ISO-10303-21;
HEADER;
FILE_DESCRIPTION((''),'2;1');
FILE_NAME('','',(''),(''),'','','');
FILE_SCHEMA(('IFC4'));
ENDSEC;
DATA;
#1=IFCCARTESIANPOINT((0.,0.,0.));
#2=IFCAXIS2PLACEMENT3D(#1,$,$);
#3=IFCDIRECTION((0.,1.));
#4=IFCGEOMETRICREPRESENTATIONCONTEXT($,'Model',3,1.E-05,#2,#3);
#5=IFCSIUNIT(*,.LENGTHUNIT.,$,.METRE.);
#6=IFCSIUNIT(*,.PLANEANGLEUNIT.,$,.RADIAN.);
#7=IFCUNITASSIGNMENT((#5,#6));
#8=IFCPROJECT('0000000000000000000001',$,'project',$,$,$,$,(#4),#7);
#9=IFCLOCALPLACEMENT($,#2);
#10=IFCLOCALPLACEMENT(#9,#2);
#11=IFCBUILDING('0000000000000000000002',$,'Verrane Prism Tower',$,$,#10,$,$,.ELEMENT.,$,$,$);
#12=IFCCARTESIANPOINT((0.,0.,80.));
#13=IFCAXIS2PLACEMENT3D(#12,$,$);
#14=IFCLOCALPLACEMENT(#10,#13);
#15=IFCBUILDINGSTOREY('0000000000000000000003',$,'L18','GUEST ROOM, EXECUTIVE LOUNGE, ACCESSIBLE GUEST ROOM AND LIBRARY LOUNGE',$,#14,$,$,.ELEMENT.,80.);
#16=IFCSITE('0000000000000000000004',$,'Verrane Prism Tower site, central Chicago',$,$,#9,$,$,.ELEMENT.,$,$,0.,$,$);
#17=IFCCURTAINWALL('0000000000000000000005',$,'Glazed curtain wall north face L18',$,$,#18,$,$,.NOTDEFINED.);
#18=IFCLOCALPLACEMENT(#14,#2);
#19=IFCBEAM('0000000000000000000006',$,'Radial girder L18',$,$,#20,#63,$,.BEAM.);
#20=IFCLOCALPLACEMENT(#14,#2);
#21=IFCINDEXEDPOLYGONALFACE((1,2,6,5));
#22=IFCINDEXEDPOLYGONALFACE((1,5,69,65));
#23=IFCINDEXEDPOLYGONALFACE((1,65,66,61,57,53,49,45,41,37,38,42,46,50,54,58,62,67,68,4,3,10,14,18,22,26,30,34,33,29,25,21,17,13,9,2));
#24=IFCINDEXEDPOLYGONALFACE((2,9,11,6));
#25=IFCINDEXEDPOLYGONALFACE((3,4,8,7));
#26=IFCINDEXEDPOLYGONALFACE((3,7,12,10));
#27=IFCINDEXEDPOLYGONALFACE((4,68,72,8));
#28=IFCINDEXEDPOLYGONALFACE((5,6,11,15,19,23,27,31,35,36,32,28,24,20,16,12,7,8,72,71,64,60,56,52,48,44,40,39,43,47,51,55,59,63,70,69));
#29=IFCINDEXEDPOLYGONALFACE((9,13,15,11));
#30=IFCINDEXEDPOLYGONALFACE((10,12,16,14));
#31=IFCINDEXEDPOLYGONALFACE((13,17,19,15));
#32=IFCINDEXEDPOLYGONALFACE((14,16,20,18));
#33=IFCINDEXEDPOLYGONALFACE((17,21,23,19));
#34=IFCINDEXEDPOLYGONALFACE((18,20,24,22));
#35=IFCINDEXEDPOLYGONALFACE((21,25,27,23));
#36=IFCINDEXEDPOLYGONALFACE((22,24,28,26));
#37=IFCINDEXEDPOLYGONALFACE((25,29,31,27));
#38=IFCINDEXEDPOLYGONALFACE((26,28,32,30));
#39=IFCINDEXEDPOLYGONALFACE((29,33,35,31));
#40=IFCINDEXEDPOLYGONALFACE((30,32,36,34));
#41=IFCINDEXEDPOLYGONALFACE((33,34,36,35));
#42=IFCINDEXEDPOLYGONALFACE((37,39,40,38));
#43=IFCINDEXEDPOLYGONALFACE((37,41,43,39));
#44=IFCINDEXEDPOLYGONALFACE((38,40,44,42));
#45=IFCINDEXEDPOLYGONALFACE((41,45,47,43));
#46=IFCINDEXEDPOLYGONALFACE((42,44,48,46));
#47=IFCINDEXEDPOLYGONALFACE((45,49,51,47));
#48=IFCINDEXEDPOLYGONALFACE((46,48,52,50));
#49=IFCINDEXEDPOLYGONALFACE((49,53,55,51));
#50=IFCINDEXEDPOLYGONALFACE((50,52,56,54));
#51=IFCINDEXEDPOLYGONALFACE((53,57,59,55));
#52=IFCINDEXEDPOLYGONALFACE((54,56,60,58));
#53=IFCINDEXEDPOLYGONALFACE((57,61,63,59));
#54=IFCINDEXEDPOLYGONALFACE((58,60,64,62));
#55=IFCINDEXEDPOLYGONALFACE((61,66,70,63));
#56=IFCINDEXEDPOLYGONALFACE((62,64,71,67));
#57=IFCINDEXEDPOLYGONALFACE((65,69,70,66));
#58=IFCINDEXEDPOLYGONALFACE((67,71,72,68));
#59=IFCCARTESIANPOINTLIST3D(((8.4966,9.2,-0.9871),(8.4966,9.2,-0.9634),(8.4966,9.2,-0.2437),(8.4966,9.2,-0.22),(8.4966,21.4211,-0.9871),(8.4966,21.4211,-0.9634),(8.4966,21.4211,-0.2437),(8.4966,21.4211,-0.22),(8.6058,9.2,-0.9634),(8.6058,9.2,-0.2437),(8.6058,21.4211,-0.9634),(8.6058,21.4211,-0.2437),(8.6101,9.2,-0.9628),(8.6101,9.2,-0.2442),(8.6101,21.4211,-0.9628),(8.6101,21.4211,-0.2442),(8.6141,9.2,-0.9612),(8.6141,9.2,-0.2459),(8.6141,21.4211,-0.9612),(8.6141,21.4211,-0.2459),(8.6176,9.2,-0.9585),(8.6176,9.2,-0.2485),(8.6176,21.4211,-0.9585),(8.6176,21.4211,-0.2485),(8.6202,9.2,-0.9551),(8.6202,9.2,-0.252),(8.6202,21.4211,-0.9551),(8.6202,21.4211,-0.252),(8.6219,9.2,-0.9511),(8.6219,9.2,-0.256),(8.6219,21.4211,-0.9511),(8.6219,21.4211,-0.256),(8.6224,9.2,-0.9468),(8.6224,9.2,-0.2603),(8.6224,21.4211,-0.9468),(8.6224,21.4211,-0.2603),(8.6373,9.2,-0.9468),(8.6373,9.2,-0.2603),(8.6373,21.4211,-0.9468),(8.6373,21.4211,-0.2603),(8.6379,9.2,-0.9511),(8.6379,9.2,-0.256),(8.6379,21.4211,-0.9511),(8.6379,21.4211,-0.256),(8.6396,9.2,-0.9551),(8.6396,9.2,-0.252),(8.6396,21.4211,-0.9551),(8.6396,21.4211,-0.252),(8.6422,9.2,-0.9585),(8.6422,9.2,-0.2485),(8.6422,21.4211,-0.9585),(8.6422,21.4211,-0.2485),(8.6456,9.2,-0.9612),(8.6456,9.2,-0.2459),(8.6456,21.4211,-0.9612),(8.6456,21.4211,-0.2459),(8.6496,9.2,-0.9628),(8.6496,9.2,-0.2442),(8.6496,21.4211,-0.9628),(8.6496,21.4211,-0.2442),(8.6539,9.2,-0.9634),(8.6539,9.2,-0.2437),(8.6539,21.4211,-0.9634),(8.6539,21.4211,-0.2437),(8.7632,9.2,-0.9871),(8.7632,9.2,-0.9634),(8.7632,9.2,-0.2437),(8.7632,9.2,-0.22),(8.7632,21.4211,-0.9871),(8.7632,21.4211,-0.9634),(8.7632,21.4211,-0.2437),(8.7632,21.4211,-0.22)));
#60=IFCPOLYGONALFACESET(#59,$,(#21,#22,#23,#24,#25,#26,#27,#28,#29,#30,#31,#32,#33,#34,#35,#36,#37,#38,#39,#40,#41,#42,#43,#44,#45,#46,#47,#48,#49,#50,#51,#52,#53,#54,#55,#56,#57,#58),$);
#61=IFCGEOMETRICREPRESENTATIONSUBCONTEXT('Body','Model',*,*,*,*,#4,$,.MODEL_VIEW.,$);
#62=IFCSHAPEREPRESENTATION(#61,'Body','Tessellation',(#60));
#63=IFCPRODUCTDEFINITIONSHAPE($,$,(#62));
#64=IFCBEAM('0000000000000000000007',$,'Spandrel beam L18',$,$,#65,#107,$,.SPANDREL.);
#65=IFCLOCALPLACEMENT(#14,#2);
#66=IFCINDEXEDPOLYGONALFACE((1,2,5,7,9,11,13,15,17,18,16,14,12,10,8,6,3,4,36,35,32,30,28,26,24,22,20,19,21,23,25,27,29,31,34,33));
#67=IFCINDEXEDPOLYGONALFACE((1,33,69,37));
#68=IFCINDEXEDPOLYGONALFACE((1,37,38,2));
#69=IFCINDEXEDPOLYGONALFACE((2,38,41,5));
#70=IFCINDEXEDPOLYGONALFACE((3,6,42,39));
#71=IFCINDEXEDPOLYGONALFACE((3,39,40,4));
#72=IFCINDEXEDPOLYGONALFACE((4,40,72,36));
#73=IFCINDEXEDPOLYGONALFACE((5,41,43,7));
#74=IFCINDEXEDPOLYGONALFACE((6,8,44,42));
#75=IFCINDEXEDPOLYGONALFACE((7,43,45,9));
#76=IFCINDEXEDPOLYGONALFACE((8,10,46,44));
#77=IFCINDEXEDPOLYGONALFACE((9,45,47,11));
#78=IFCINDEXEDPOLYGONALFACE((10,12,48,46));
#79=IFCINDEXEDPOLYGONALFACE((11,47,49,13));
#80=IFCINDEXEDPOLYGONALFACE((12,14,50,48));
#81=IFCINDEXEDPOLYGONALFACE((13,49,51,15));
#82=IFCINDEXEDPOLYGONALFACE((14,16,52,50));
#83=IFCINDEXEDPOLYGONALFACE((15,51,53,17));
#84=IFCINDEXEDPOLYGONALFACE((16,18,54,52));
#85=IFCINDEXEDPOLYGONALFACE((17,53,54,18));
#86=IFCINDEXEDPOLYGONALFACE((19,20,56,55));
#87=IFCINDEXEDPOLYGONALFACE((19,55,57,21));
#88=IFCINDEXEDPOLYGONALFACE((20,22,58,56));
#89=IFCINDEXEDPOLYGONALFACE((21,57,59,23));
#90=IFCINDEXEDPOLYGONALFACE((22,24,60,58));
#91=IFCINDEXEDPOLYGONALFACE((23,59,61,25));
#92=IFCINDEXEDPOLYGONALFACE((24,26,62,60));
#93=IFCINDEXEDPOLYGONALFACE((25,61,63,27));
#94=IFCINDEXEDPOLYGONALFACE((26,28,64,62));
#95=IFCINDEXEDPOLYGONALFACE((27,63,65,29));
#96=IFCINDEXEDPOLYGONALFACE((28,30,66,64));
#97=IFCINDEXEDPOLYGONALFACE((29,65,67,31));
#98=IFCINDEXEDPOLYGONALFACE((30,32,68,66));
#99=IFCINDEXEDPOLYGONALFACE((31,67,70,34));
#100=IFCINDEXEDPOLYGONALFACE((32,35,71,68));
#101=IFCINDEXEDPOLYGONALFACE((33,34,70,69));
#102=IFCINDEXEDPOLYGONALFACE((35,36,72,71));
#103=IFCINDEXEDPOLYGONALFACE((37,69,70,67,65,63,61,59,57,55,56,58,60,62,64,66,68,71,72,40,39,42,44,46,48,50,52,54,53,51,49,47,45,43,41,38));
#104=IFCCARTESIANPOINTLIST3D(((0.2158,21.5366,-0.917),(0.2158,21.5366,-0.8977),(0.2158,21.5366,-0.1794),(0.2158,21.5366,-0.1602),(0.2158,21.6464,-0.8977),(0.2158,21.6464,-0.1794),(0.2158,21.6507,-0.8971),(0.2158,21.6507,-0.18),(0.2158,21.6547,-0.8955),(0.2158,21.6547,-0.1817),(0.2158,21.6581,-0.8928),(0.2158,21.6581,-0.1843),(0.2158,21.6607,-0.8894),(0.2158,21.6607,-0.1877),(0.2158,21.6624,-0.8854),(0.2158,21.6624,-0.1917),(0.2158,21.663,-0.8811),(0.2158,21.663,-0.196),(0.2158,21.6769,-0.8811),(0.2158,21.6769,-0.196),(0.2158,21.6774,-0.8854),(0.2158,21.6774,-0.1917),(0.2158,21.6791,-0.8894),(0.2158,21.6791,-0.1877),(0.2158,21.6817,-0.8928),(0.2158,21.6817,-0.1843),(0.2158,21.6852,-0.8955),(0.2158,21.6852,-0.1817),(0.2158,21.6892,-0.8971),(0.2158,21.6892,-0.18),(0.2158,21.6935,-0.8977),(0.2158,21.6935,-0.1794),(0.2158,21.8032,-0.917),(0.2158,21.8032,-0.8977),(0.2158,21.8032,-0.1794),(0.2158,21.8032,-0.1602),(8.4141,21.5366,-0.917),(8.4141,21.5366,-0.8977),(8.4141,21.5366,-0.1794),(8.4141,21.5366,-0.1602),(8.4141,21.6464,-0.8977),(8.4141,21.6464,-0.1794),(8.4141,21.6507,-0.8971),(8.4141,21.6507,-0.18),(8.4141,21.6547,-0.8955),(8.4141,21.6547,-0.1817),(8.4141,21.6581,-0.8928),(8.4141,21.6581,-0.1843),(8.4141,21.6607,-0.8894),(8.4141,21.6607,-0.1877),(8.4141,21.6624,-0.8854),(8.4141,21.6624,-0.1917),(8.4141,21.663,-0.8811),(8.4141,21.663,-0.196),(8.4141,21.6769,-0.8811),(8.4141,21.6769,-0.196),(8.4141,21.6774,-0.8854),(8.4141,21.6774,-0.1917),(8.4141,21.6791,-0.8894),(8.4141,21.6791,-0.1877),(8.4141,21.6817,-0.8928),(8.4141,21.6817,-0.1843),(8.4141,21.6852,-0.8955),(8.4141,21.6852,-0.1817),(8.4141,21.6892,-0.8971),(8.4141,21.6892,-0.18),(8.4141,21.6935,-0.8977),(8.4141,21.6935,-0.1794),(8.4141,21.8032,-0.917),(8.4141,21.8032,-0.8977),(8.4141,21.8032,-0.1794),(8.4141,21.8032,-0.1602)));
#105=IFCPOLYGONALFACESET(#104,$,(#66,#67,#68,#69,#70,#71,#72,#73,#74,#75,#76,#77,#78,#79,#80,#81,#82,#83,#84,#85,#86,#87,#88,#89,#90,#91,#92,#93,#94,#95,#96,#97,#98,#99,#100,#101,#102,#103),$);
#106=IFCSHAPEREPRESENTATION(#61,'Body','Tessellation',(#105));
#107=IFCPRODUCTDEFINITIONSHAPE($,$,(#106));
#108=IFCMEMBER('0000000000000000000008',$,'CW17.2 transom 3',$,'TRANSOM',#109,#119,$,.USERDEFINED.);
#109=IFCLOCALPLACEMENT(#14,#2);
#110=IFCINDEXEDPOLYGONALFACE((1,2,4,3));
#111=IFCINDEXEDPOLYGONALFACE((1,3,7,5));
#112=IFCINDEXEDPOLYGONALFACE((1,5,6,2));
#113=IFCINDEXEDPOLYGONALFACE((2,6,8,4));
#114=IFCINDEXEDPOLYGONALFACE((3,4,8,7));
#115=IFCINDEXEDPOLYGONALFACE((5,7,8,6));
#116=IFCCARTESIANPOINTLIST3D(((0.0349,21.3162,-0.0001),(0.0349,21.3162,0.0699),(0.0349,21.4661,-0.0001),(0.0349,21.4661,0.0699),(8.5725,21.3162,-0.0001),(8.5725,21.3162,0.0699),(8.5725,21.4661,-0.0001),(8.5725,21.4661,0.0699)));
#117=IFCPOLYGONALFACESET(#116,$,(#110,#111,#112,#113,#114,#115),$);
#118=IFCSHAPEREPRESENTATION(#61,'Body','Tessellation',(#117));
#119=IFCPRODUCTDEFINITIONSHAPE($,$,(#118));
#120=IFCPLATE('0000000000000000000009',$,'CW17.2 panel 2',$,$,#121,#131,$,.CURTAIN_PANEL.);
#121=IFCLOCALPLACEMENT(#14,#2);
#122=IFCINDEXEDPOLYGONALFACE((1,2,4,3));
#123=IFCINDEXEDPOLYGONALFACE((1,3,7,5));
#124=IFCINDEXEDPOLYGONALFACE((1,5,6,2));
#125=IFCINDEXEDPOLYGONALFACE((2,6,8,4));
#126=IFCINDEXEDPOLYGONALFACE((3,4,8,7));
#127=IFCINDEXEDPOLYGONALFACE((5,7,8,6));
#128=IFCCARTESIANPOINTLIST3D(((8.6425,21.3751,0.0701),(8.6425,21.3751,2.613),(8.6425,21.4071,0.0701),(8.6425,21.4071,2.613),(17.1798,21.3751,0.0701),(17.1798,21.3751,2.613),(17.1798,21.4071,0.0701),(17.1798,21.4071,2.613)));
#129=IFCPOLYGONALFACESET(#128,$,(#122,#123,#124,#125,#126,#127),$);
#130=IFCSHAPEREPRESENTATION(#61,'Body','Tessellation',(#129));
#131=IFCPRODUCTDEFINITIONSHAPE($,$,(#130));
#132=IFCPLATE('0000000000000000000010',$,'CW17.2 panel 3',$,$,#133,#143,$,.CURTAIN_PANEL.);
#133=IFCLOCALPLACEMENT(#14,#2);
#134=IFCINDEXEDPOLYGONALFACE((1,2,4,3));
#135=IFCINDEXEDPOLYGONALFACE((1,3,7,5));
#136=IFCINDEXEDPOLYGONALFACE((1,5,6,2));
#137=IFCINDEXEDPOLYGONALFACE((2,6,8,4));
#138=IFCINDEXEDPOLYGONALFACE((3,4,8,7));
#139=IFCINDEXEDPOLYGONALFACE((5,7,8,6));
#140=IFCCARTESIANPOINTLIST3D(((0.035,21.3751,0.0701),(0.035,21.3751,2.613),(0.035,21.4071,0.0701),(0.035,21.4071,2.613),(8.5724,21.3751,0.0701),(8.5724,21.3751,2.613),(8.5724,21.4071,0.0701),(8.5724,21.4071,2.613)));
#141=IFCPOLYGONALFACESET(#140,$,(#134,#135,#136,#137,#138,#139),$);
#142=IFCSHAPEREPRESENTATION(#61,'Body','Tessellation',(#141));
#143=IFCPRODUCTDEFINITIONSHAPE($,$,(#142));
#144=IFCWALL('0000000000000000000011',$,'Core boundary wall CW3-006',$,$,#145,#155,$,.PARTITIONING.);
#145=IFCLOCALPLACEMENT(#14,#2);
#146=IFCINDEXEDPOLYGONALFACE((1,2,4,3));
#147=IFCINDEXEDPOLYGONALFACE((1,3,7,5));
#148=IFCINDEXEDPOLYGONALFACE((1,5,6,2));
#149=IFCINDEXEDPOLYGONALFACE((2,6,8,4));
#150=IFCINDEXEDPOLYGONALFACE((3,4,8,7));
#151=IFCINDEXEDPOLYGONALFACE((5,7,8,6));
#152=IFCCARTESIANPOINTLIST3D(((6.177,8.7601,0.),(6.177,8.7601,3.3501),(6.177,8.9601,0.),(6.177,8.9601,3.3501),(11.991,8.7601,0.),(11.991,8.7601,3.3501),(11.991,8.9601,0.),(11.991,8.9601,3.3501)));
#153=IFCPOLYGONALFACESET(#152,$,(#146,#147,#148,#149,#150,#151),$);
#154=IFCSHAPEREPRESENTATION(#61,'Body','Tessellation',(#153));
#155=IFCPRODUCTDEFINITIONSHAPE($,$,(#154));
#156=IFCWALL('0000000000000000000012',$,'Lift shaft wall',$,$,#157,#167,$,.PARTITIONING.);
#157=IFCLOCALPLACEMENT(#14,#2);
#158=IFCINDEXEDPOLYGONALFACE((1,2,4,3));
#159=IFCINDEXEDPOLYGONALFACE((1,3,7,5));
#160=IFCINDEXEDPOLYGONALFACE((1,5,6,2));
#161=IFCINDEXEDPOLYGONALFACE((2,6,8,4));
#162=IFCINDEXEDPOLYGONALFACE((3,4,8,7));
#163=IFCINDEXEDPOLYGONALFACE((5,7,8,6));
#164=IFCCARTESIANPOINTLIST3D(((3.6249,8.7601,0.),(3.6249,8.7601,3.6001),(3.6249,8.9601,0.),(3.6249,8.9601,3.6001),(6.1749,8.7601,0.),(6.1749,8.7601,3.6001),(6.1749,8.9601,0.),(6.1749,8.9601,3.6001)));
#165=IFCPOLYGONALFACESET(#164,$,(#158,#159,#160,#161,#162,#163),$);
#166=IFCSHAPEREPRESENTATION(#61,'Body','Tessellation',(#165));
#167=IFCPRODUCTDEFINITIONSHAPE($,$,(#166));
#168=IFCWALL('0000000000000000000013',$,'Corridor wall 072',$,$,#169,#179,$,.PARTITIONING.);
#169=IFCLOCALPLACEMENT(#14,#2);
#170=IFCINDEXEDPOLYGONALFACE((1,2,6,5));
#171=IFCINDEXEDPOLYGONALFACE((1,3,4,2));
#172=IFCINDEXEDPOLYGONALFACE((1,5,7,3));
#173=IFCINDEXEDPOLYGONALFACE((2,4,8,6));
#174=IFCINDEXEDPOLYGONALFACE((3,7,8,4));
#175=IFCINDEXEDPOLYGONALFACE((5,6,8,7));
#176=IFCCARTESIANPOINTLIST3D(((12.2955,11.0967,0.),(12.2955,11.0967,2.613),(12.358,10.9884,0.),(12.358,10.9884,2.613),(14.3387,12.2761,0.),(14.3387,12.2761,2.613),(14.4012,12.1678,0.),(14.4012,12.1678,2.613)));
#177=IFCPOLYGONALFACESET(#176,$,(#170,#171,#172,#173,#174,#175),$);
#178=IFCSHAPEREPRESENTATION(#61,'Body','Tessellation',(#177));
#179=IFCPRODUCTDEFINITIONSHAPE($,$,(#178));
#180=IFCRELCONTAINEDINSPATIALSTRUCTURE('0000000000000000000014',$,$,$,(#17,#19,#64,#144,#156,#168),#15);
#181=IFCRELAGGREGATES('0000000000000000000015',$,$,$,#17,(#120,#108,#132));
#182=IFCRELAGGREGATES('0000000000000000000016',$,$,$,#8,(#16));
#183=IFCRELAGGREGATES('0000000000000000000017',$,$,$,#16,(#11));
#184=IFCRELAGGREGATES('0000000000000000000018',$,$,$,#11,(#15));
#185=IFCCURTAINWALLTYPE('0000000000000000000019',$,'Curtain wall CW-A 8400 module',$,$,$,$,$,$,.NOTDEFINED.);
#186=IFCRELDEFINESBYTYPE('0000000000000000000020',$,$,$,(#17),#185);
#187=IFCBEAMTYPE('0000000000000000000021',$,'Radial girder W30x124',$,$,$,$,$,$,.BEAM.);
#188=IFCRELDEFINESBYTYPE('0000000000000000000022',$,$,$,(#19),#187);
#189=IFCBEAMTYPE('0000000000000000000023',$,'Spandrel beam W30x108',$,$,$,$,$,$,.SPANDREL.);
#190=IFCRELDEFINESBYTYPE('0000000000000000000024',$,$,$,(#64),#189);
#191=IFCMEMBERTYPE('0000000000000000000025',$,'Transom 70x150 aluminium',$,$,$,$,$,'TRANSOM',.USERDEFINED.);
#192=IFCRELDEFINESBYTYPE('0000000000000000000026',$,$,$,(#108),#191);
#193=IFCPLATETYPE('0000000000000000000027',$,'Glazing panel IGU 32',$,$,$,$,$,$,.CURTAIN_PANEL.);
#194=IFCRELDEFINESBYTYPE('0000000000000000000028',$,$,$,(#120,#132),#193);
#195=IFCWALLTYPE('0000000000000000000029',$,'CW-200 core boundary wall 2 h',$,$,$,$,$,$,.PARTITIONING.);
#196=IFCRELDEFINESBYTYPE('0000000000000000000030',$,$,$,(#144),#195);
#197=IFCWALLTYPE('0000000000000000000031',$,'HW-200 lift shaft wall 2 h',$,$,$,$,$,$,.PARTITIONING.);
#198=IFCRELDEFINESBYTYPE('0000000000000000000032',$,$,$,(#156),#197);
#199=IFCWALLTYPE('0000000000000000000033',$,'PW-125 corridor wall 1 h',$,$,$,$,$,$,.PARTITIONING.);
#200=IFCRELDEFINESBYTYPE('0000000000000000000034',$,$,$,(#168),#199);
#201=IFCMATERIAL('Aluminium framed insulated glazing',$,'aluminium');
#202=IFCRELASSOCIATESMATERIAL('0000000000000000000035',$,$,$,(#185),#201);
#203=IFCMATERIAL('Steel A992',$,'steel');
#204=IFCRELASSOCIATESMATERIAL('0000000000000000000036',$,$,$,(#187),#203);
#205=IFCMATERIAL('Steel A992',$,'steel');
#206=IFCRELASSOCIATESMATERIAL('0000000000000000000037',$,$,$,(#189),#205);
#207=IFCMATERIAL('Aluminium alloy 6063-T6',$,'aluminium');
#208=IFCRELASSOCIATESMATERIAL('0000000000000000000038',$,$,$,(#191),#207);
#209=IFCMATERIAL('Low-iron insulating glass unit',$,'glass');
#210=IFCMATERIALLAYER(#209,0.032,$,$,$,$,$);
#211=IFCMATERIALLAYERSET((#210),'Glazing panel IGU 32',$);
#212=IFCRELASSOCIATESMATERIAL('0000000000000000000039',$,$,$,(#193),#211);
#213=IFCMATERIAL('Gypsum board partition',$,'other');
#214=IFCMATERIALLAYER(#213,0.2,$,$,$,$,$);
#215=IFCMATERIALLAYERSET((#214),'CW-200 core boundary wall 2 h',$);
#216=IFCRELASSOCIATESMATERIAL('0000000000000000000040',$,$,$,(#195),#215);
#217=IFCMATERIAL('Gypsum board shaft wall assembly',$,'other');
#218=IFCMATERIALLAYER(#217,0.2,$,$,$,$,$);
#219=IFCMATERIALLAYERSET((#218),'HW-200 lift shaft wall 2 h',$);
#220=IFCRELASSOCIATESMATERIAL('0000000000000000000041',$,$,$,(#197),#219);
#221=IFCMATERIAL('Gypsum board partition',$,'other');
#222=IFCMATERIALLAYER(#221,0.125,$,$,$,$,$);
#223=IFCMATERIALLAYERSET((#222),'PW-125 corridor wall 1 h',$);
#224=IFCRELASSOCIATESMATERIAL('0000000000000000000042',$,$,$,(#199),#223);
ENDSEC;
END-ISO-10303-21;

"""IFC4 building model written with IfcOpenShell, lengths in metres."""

from ifc_helpers import new_model, si_unit, direction, frame, frame_2d, origin, origin_2d, place, context, subcontext, project, spatial, rectangle, i_section, extrude, material, layer, layer_set, material_profile, profile_set, type_object, element, aggregate, save


model = new_model("IFC4")

# Units and contexts
model_context = context("Model", 3, precision=1e-05, world=origin(), true_north=direction((0.0, 1.0)))
body_context = subcontext(model_context, "Body", "Model", "MODEL_VIEW")
ifc_project = project(units=[si_unit("LENGTHUNIT", "METRE"), si_unit("PLANEANGLEUNIT", "RADIAN")], contexts=[model_context])

# Site, building, storey
site_placement = place(None, origin())
site = spatial("IfcSite", under=ifc_project, at=site_placement, Name="Verrane Prism Tower site, central Chicago", CompositionType="ELEMENT", RefElevation=0.0)
building_placement = place(site_placement, origin())
building = spatial("IfcBuilding", under=site, at=building_placement, Name="Verrane Prism Tower", CompositionType="ELEMENT")
storey_placement = place(building_placement, frame((0.0, 0.0, 80.0)))
storey = spatial("IfcBuildingStorey", under=building, at=storey_placement, Name="L18", Description="GUEST ROOM, EXECUTIVE LOUNGE, ACCESSIBLE GUEST ROOM AND LIBRARY LOUNGE", CompositionType="ELEMENT", Elevation=80.0)

# Curtain wall
ifc_material_1 = material(Name="Aluminium framed insulated glazing", Category="aluminium")
curtain_wall_type = type_object("IfcCurtainWallType", Name="Curtain wall CW-A 8400 module", PredefinedType="NOTDEFINED", material=ifc_material_1)
curtain_wall_placement = place(storey_placement, origin())
curtain_wall = element("IfcCurtainWall", 1, at=curtain_wall_placement, inside=storey, type_object=curtain_wall_type, Name="Glazed curtain wall north face L18", PredefinedType="NOTDEFINED")

# Beams
ifc_material_2 = material(Name="Steel A992", Category="steel")
ifc_material_profile_1 = material_profile(ifc_material_2, i_section(OverallWidth=0.2666, OverallDepth=0.7671, WebThickness=0.0149, FlangeThickness=0.0237, FilletRadius=0.0166, at=origin_2d()), Name="W30x124")
ifc_profile_set_1 = profile_set([ifc_material_profile_1], Name="Steel A992")
beam_type_1 = type_object("IfcBeamType", Name="Radial girder W30x124", PredefinedType="BEAM", material=ifc_profile_set_1)
beam_1_placement = place(storey_placement, frame((8.6299, 21.4211, -0.6035), z_axis=(0.0, -1.0, 0.0), x_axis=(1.0, 0.0, 0.0)))
element("IfcBeam", 2, at=beam_1_placement, inside=storey, type_object=beam_type_1, Name="Radial girder L18", PredefinedType="BEAM", context=body_context, shape_type="SweptSolid", body=[
    extrude(i_section(OverallWidth=0.2666, OverallDepth=0.7671, WebThickness=0.0149, FlangeThickness=0.0237, FilletRadius=0.0166, at=origin_2d()), origin(), (0.0, 0.0, 1.0), 12.2212),
])
ifc_material_3 = material(Name="Steel A992", Category="steel")
ifc_material_profile_2 = material_profile(ifc_material_3, i_section(OverallWidth=0.2666, OverallDepth=0.7568, WebThickness=0.0139, FlangeThickness=0.0193, FilletRadius=0.0166, at=origin_2d()), Name="W30x108")
ifc_profile_set_2 = profile_set([ifc_material_profile_2], Name="Steel A992")
beam_type_2 = type_object("IfcBeamType", Name="Spandrel beam W30x108", PredefinedType="SPANDREL", material=ifc_profile_set_2)
beam_2_placement = place(storey_placement, frame((8.4141, 21.6699, -0.5386), z_axis=(-1.0, 0.0, 0.0), x_axis=(0.0, -1.0, 0.0)))
element("IfcBeam", 3, at=beam_2_placement, inside=storey, type_object=beam_type_2, Name="Spandrel beam L18", PredefinedType="SPANDREL", context=body_context, shape_type="SweptSolid", body=[
    extrude(i_section(OverallWidth=0.2666, OverallDepth=0.7568, WebThickness=0.0139, FlangeThickness=0.0193, FilletRadius=0.0166, at=origin_2d()), origin(), (0.0, 0.0, 1.0), 8.1982),
])

# Member
ifc_material_4 = material(Name="Aluminium alloy 6063-T6", Category="aluminium")
ifc_material_profile_3 = material_profile(ifc_material_4, rectangle(XDim=0.1499, YDim=0.0701, at=origin_2d()), Name="Transom 70x150 aluminium")
ifc_profile_set_3 = profile_set([ifc_material_profile_3], Name="Aluminium alloy 6063-T6")
member_type_1 = type_object("IfcMemberType", Name="Transom 70x150 aluminium", ElementType="TRANSOM", PredefinedType="USERDEFINED", material=ifc_profile_set_3)
member_1_placement = place(storey_placement, frame((8.5725, 21.3911, 0.0349), z_axis=(-1.0, 0.0, 0.0), x_axis=(0.0, -1.0, 0.0)))
member_1 = element("IfcMember", 4, at=member_1_placement, type_object=member_type_1, Name="CW17.2 transom 3", ObjectType="TRANSOM", PredefinedType="USERDEFINED", context=body_context, shape_type="SweptSolid", body=[
    extrude(rectangle(XDim=0.1499, YDim=0.0701, at=origin_2d()), origin(), (0.0, 0.0, 1.0), 8.5376),
])

# Plates
ifc_material_5 = material(Name="Low-iron insulating glass unit", Category="glass")
ifc_layer_1 = layer(ifc_material_5, 0.032)
ifc_layer_set_1 = layer_set([ifc_layer_1], Name="Glazing panel IGU 32")
plate_type = type_object("IfcPlateType", Name="Glazing panel IGU 32", PredefinedType="CURTAIN_PANEL", material=ifc_layer_set_1)
plate_1_placement = place(storey_placement, frame((12.9111, 21.3911, 0.0701), z_axis=(0.0, 0.0, 1.0), x_axis=(-1.0, 0.0, 0.0)))
plate_1 = element("IfcPlate", 5, at=plate_1_placement, type_object=plate_type, Name="CW17.2 panel 2", PredefinedType="CURTAIN_PANEL", context=body_context, shape_type="SweptSolid", body=[
    extrude(rectangle(XDim=8.5374, YDim=0.032, at=origin_2d()), origin(), (0.0, 0.0, 1.0), 2.543),
])
plate_2_placement = place(storey_placement, frame((4.3037, 21.3911, 0.0701), z_axis=(0.0, 0.0, 1.0), x_axis=(-1.0, 0.0, 0.0)))
plate_2 = element("IfcPlate", 6, at=plate_2_placement, type_object=plate_type, Name="CW17.2 panel 3", PredefinedType="CURTAIN_PANEL", context=body_context, shape_type="SweptSolid", body=[
    extrude(rectangle(XDim=8.5374, YDim=0.032, at=origin_2d()), origin(), (0.0, 0.0, 1.0), 2.543),
])
aggregate(curtain_wall, [plate_1, member_1, plate_2])

# Walls
ifc_material_6 = material(Name="Gypsum board partition", Category="other")
ifc_layer_2 = layer(ifc_material_6, 0.2)
ifc_layer_set_2 = layer_set([ifc_layer_2], Name="CW-200 core boundary wall 2 h")
wall_type_1 = type_object("IfcWallType", Name="CW-200 core boundary wall 2 h", PredefinedType="PARTITIONING", material=ifc_layer_set_2)
wall_1_placement = place(storey_placement, frame((6.177, 8.8601, 0.0), z_axis=(0.0, 0.0, 1.0), x_axis=(1.0, 0.0, 0.0)))
element("IfcWall", 7, at=wall_1_placement, inside=storey, type_object=wall_type_1, Name="Core boundary wall CW3-006", PredefinedType="PARTITIONING", context=body_context, shape_type="SweptSolid", body=[
    extrude(rectangle(XDim=5.814, YDim=0.2, at=frame_2d((2.907, 0.0))), origin(), (0.0, 0.0, 1.0), 3.3501),
])
ifc_material_7 = material(Name="Gypsum board shaft wall assembly", Category="other")
ifc_layer_3 = layer(ifc_material_7, 0.2)
ifc_layer_set_3 = layer_set([ifc_layer_3], Name="HW-200 lift shaft wall 2 h")
wall_type_2 = type_object("IfcWallType", Name="HW-200 lift shaft wall 2 h", PredefinedType="PARTITIONING", material=ifc_layer_set_3)
wall_2_placement = place(storey_placement, frame((3.625, 8.8601, 0.0), z_axis=(0.0, 0.0, 1.0), x_axis=(1.0, 0.0, 0.0)))
element("IfcWall", 8, at=wall_2_placement, inside=storey, type_object=wall_type_2, Name="Lift shaft wall", PredefinedType="PARTITIONING", context=body_context, shape_type="SweptSolid", body=[
    extrude(rectangle(XDim=2.55, YDim=0.2, at=frame_2d((1.2749, 0.0))), origin(), (0.0, 0.0, 1.0), 3.6001),
])
ifc_material_8 = material(Name="Gypsum board partition", Category="other")
ifc_layer_4 = layer(ifc_material_8, 0.125)
ifc_layer_set_4 = layer_set([ifc_layer_4], Name="PW-125 corridor wall 1 h")
wall_type_3 = type_object("IfcWallType", Name="PW-125 corridor wall 1 h", PredefinedType="PARTITIONING", material=ifc_layer_set_4)
wall_3_placement = place(storey_placement, frame((12.3267, 11.0425, 0.0), z_axis=(0.0, 0.0, 1.0), x_axis=(0.866063, 0.499934, 0.0)))
element("IfcWall", 9, at=wall_3_placement, inside=storey, type_object=wall_type_3, Name="Corridor wall 072", PredefinedType="PARTITIONING", context=body_context, shape_type="SweptSolid", body=[
    extrude(rectangle(XDim=2.3591, YDim=0.125, at=frame_2d((1.1797, 0.0))), origin(), (0.0, 0.0, 1.0), 2.613),
])

save(model, "model.ifc")
